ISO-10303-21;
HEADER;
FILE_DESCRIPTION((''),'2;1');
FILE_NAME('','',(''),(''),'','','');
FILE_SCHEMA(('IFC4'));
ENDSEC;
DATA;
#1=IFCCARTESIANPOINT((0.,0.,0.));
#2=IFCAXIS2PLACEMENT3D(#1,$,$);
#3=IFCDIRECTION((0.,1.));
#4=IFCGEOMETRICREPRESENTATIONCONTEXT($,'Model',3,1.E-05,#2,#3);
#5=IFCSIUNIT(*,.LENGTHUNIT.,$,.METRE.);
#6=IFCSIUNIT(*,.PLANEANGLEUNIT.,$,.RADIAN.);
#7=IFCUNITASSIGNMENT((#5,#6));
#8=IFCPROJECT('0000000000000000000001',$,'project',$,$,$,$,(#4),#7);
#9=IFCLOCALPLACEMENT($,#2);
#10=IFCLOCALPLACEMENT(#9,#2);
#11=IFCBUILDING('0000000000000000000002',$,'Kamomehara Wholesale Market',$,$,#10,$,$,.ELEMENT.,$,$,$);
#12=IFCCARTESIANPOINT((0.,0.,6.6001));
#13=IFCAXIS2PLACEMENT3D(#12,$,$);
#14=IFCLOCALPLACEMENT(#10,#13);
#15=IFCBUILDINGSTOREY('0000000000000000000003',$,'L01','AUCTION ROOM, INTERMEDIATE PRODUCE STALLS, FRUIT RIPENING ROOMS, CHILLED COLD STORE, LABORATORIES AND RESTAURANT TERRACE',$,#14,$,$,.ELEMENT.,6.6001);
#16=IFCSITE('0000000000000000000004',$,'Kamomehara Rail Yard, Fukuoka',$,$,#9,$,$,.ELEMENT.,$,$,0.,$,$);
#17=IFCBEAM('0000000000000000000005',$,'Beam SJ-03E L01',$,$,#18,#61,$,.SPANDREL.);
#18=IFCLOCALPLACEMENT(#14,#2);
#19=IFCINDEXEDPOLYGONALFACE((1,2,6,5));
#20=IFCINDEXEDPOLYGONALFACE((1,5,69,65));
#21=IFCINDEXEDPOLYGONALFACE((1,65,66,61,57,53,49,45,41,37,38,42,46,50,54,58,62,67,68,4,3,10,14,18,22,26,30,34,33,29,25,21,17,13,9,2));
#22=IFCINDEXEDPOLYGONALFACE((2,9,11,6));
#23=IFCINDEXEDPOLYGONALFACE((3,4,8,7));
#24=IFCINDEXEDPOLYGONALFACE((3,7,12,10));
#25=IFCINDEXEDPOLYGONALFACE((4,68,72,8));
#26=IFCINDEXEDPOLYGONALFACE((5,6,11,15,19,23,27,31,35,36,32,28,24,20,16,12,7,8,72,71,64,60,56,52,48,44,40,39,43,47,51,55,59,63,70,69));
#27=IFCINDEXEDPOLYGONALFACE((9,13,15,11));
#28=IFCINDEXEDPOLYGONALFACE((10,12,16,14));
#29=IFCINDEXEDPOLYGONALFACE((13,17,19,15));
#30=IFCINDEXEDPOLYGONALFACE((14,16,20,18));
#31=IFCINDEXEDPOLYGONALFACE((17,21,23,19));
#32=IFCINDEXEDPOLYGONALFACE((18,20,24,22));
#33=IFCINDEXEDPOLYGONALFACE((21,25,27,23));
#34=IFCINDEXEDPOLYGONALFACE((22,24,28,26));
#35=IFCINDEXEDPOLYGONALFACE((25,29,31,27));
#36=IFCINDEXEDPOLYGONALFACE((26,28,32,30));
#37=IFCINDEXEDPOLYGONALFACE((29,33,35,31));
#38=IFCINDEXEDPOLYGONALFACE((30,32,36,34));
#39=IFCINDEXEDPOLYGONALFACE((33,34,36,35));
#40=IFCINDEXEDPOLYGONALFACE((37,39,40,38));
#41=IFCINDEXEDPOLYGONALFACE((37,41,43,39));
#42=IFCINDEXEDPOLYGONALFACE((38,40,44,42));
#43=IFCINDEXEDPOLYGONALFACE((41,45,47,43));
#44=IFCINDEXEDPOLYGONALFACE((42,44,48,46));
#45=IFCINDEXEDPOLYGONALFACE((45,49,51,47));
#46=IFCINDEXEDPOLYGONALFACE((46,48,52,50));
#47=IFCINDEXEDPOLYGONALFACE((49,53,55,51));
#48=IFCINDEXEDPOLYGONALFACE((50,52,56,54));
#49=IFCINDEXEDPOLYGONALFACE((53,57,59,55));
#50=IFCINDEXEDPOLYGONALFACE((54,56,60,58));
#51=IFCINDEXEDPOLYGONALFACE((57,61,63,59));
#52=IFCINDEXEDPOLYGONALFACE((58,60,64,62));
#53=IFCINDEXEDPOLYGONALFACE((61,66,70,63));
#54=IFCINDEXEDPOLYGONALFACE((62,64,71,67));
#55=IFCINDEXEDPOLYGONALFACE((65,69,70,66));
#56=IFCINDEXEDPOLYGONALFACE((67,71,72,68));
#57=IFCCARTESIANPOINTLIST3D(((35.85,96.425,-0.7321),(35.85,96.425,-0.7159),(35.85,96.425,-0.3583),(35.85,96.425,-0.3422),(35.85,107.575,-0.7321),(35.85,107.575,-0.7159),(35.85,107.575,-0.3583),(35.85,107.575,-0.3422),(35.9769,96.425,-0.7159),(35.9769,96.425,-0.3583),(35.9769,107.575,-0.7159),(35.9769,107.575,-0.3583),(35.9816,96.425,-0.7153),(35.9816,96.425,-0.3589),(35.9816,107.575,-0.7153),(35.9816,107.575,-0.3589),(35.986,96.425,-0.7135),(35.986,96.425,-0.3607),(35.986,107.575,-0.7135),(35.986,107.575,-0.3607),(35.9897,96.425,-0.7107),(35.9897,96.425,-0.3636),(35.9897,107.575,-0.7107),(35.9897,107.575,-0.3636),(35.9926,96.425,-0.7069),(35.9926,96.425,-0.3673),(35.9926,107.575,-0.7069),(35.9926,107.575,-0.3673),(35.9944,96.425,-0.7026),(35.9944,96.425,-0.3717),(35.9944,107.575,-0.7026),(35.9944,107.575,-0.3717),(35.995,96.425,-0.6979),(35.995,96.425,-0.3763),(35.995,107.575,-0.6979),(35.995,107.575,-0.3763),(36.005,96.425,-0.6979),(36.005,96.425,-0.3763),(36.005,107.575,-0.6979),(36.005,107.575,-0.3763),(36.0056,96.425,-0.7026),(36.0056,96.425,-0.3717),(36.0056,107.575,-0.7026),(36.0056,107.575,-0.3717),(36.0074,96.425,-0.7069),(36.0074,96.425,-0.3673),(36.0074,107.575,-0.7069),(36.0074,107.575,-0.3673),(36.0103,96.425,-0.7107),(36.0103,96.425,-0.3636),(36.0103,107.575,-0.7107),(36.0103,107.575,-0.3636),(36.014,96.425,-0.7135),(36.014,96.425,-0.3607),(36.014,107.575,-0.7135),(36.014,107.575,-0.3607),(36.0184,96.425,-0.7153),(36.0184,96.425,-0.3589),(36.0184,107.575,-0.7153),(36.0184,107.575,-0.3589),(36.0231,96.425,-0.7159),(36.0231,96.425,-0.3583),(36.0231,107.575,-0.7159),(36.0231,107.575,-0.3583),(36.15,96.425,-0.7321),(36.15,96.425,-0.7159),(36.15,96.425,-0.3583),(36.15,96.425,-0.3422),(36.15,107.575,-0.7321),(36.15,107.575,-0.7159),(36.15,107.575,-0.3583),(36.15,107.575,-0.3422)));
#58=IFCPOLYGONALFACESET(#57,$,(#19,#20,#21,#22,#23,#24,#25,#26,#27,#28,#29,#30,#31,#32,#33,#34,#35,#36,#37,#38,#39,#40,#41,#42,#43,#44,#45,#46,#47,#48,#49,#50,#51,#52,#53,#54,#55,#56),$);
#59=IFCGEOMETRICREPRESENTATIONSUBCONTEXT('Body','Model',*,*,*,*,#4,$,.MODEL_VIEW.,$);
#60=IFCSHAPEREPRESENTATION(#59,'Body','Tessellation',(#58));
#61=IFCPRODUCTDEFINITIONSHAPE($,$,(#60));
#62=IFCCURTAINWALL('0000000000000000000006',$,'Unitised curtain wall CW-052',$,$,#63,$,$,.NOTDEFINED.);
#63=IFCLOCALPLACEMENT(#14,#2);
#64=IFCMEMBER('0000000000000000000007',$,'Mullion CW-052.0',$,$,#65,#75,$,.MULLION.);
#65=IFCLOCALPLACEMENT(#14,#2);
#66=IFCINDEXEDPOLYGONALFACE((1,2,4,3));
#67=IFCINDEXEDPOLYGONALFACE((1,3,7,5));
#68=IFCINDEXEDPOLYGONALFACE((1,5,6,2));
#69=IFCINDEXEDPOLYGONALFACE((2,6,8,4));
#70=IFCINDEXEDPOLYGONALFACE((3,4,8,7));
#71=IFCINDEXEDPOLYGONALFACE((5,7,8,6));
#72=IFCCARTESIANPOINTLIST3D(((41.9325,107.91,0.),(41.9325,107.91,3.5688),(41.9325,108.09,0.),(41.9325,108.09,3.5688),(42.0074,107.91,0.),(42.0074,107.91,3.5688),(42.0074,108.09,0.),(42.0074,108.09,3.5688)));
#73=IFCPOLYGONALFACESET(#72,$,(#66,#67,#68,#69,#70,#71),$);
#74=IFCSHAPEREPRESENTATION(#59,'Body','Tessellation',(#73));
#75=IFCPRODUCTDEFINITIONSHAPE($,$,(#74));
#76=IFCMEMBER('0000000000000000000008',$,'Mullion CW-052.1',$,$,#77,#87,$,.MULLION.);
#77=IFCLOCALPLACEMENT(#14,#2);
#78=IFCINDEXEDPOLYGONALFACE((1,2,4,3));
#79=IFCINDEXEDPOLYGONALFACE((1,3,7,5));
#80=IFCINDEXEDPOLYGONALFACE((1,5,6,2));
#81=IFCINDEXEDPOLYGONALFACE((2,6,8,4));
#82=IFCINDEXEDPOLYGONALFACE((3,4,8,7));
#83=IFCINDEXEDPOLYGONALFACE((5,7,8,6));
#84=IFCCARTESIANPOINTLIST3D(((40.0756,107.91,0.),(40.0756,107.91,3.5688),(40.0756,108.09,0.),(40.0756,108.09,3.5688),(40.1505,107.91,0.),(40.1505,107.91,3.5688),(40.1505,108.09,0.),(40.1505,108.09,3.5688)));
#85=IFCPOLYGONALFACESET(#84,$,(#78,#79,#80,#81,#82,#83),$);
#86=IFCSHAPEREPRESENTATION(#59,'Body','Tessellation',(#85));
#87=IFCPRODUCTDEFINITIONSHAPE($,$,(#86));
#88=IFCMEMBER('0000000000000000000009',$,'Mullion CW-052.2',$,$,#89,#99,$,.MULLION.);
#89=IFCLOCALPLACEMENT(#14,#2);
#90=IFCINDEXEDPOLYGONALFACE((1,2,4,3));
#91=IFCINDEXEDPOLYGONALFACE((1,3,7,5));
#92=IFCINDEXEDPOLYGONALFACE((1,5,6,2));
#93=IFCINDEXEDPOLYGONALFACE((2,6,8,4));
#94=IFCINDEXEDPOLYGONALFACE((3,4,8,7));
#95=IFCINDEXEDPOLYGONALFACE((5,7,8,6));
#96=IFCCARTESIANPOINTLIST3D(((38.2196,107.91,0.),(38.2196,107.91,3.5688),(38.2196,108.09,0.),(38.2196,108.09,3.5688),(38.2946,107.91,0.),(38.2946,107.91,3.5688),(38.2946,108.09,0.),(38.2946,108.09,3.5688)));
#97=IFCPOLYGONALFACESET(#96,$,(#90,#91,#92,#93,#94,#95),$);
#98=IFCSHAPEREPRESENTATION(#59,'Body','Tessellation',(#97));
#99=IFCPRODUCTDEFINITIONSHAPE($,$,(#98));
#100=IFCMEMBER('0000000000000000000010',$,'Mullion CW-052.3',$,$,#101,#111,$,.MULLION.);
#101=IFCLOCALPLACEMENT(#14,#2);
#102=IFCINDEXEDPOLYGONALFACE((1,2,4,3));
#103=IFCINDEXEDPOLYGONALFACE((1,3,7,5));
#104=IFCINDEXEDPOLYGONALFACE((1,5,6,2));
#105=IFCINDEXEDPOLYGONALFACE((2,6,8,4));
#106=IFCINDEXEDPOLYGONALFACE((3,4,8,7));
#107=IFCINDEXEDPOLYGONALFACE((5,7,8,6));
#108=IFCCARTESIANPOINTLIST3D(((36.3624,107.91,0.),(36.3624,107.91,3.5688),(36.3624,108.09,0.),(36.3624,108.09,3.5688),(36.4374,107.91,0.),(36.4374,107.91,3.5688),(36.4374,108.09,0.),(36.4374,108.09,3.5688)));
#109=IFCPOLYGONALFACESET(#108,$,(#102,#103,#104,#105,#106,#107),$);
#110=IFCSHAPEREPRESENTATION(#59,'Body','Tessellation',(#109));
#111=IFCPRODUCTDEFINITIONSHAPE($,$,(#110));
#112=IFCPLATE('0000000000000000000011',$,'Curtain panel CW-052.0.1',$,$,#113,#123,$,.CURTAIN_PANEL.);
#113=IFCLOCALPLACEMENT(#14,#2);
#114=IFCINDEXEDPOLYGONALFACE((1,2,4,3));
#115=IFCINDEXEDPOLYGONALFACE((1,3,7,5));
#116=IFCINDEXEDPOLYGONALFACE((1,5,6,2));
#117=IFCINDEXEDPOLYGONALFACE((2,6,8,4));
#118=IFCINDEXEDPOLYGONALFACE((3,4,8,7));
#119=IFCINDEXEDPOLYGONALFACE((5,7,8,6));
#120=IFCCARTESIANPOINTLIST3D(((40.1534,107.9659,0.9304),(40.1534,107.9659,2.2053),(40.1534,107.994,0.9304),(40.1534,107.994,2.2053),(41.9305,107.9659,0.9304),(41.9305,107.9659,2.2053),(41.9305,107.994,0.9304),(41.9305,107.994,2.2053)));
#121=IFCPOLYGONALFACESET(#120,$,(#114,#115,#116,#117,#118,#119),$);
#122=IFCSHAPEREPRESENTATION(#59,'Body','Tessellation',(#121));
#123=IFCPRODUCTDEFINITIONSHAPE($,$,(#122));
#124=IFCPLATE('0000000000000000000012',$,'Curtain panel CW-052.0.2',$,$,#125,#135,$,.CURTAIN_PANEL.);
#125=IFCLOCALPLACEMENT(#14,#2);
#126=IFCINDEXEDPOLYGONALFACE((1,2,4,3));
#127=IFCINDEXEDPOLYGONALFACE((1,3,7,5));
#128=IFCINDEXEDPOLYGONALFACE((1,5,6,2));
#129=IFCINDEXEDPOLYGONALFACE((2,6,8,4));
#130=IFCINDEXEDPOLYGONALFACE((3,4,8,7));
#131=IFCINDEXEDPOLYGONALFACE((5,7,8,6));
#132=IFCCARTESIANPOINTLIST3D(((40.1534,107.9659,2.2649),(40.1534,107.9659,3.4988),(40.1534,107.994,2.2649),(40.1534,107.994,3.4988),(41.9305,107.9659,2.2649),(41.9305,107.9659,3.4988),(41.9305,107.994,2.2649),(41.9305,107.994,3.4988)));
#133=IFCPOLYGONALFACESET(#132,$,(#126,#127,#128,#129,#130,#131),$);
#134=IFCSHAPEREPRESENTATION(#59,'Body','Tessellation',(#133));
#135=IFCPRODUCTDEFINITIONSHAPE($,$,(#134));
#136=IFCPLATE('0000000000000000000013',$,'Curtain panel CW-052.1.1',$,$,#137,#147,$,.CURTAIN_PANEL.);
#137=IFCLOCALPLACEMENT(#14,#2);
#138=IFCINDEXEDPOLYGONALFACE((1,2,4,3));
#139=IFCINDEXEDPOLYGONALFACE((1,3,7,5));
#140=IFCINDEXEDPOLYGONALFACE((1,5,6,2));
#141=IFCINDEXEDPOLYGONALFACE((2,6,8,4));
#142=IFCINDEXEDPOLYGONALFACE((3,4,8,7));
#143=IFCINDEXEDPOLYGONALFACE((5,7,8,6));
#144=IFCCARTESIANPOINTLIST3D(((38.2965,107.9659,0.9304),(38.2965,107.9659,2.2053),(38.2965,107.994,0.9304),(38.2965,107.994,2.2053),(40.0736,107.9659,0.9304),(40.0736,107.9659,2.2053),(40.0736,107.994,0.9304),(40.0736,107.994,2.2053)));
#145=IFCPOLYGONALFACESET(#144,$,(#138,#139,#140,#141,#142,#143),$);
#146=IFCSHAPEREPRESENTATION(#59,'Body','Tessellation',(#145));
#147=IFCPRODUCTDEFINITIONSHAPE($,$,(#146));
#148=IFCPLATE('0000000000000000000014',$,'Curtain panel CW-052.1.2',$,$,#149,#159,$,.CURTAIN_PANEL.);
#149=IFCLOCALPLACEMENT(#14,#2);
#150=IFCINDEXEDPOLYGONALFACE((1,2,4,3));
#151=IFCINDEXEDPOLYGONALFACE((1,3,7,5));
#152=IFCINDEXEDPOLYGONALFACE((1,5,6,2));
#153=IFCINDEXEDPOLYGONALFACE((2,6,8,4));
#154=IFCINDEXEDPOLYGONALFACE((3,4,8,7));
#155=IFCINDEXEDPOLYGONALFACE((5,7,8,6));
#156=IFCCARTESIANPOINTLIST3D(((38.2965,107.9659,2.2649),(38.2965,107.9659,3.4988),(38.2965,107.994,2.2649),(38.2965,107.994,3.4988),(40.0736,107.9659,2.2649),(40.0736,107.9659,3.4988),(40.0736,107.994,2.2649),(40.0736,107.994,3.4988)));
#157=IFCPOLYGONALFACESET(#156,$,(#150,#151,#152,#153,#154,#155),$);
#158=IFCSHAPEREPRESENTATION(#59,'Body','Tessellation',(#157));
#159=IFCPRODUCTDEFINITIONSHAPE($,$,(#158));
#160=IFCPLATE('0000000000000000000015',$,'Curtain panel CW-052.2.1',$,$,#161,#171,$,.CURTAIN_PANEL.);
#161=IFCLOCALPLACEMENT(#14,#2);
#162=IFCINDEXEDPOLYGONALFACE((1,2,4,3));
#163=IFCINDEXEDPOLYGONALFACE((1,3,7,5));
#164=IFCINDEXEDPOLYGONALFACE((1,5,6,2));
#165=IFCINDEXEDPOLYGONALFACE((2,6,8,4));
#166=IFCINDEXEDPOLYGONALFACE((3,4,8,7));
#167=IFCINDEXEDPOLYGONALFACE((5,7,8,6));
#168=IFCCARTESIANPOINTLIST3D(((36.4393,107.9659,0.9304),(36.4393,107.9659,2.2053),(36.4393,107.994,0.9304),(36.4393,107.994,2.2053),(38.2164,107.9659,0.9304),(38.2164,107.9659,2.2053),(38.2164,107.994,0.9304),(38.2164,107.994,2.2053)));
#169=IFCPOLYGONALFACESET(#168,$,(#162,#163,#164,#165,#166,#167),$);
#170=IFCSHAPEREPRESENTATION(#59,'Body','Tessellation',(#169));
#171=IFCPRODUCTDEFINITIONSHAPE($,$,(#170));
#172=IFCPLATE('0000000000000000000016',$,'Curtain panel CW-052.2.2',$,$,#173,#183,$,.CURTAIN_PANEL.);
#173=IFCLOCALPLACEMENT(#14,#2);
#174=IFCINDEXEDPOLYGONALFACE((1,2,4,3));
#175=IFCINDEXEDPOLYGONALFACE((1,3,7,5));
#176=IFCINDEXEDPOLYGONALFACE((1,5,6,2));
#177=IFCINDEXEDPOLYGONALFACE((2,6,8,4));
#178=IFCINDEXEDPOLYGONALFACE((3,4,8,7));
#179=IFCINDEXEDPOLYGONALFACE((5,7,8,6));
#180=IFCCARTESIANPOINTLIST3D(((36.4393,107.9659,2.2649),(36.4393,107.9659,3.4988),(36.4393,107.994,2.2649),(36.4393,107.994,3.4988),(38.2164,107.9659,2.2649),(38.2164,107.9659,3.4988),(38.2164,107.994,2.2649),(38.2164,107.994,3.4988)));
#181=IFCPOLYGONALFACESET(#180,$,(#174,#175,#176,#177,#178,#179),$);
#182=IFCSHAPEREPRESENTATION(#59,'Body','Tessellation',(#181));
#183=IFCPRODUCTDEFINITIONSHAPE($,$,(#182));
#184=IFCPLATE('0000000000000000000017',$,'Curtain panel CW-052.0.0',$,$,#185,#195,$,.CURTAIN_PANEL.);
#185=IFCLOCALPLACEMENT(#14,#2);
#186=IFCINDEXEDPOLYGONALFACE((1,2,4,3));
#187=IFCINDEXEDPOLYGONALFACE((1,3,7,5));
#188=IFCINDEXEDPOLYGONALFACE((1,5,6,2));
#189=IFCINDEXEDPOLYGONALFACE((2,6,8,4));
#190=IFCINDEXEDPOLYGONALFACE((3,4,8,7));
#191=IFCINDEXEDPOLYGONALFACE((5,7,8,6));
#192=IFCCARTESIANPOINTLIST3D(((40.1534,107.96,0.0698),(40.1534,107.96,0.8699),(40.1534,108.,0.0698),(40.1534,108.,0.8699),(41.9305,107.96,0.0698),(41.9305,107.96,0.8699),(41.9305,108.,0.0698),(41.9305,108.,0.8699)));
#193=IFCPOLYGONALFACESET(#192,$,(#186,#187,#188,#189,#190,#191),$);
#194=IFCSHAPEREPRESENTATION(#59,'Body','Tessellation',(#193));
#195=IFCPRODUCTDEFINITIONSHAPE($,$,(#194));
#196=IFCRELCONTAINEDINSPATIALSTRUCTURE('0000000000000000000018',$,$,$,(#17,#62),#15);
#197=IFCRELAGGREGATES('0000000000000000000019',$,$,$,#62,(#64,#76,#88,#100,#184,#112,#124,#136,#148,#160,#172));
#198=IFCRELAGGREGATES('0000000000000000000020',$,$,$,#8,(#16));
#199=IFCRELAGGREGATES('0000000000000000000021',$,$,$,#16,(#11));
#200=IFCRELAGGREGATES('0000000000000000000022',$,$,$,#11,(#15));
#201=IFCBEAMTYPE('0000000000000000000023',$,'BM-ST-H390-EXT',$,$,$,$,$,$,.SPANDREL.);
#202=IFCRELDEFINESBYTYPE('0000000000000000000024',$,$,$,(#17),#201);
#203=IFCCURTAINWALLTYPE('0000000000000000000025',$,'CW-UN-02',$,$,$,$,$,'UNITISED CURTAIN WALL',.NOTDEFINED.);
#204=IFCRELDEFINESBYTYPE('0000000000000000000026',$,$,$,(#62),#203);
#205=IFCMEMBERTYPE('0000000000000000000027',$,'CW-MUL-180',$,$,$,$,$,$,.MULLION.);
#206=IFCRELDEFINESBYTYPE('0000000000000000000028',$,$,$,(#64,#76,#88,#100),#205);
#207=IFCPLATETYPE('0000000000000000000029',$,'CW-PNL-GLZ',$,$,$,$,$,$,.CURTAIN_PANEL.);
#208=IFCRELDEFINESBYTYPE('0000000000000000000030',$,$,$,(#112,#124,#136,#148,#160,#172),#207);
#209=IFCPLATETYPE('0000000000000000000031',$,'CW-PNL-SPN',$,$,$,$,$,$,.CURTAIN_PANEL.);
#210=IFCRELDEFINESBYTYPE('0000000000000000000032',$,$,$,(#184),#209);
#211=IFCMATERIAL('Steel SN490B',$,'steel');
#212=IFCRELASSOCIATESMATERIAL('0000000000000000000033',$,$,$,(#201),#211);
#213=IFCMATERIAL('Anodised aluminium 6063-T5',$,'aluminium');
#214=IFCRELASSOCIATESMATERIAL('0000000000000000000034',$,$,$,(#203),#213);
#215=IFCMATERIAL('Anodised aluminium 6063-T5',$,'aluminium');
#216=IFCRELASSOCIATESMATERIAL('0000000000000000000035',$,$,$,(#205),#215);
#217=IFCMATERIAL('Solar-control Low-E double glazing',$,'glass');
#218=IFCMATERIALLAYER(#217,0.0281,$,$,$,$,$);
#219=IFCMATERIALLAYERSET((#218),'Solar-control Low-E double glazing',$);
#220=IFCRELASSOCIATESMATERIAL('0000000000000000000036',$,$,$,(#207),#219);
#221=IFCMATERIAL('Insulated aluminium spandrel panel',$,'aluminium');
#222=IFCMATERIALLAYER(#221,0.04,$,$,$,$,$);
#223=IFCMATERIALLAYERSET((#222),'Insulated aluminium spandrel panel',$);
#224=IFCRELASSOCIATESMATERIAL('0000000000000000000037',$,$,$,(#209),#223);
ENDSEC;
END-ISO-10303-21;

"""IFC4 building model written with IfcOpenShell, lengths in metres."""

from ifc_helpers import new_model, si_unit, direction, frame, origin, origin_2d, place, context, subcontext, project, spatial, rectangle, i_section, extrude, material, layer, layer_set, material_profile, profile_set, type_object, element, aggregate, save


model = new_model("IFC4")

# Units and contexts
model_context = context("Model", 3, precision=1e-05, world=origin(), true_north=direction((0.0, 1.0)))
body_context = subcontext(model_context, "Body", "Model", "MODEL_VIEW")
ifc_project = project(units=[si_unit("LENGTHUNIT", "METRE"), si_unit("PLANEANGLEUNIT", "RADIAN")], contexts=[model_context])

# Site, building, storey
site_placement = place(None, origin())
site = spatial("IfcSite", under=ifc_project, at=site_placement, Name="Kamomehara Rail Yard, Fukuoka", CompositionType="ELEMENT", RefElevation=0.0)
building_placement = place(site_placement, origin())
building = spatial("IfcBuilding", under=site, at=building_placement, Name="Kamomehara Wholesale Market", CompositionType="ELEMENT")
storey_placement = place(building_placement, frame((0.0, 0.0, 6.6001)))
storey = spatial("IfcBuildingStorey", under=building, at=storey_placement, Name="L01", Description="AUCTION ROOM, INTERMEDIATE PRODUCE STALLS, FRUIT RIPENING ROOMS, CHILLED COLD STORE, LABORATORIES AND RESTAURANT TERRACE", CompositionType="ELEMENT", Elevation=6.6001)

# Beam
ifc_material_1 = material(Name="Steel SN490B", Category="steel")
ifc_material_profile_1 = material_profile(ifc_material_1, i_section(OverallWidth=0.3, OverallDepth=0.3899, WebThickness=0.01, FlangeThickness=0.0161, FilletRadius=0.0181, at=origin_2d()), Name="H-390x300x10x16")
ifc_profile_set_1 = profile_set([ifc_material_profile_1], Name="Steel SN490B")
beam_type_1 = type_object("IfcBeamType", Name="BM-ST-H390-EXT", PredefinedType="SPANDREL", material=ifc_profile_set_1)
beam_1_placement = place(storey_placement, frame((36.0, 96.425, -0.5371), z_axis=(0.0, 1.0, 0.0), x_axis=(-1.0, 0.0, 0.0)))
element("IfcBeam", 1, at=beam_1_placement, inside=storey, type_object=beam_type_1, Name="Beam SJ-03E L01", PredefinedType="SPANDREL", context=body_context, shape_type="SweptSolid", body=[
    extrude(i_section(OverallWidth=0.3, OverallDepth=0.3899, WebThickness=0.01, FlangeThickness=0.0161, FilletRadius=0.0181, at=origin_2d()), origin(), (0.0, 0.0, 1.0), 11.1499),
])

# Curtain wall, members, plates
ifc_material_2 = material(Name="Anodised aluminium 6063-T5", Category="aluminium")
curtain_wall_type = type_object("IfcCurtainWallType", Name="CW-UN-02", ElementType="UNITISED CURTAIN WALL", PredefinedType="NOTDEFINED", material=ifc_material_2)
curtain_wall_placement = place(storey_placement, origin())
curtain_wall = element("IfcCurtainWall", 2, at=curtain_wall_placement, inside=storey, type_object=curtain_wall_type, Name="Unitised curtain wall CW-052", PredefinedType="NOTDEFINED")
ifc_material_3 = material(Name="Anodised aluminium 6063-T5", Category="aluminium")
ifc_material_profile_2 = material_profile(ifc_material_3, rectangle(XDim=0.075, YDim=0.1799, at=origin_2d()), Name="ALU-MUL-75x180")
ifc_profile_set_2 = profile_set([ifc_material_profile_2], Name="Anodised aluminium 6063-T5")
member_type = type_object("IfcMemberType", Name="CW-MUL-180", PredefinedType="MULLION", material=ifc_profile_set_2)
member_1_placement = place(storey_placement, frame((41.97, 108.0, 0.0), z_axis=(0.0, 0.0, 1.0), x_axis=(-1.0, 0.0, 0.0)))
member_1 = element("IfcMember", 3, at=member_1_placement, type_object=member_type, Name="Mullion CW-052.0", PredefinedType="MULLION", context=body_context, shape_type="SweptSolid", body=[
    extrude(rectangle(XDim=0.075, YDim=0.1799, at=origin_2d()), origin(), (0.0, 0.0, 1.0), 3.5688),
])
member_2_placement = place(storey_placement, frame((40.113, 108.0, 0.0), z_axis=(0.0, 0.0, 1.0), x_axis=(-1.0, 0.0, 0.0)))
member_2 = element("IfcMember", 4, at=member_2_placement, type_object=member_type, Name="Mullion CW-052.1", PredefinedType="MULLION", context=body_context, shape_type="SweptSolid", body=[
    extrude(rectangle(XDim=0.075, YDim=0.1799, at=origin_2d()), origin(), (0.0, 0.0, 1.0), 3.5688),
])
member_3_placement = place(storey_placement, frame((38.2571, 108.0, 0.0), z_axis=(0.0, 0.0, 1.0), x_axis=(-1.0, 0.0, 0.0)))
member_3 = element("IfcMember", 5, at=member_3_placement, type_object=member_type, Name="Mullion CW-052.2", PredefinedType="MULLION", context=body_context, shape_type="SweptSolid", body=[
    extrude(rectangle(XDim=0.075, YDim=0.1799, at=origin_2d()), origin(), (0.0, 0.0, 1.0), 3.5688),
])
member_4_placement = place(storey_placement, frame((36.3999, 108.0, 0.0), z_axis=(0.0, 0.0, 1.0), x_axis=(-1.0, 0.0, 0.0)))
member_4 = element("IfcMember", 6, at=member_4_placement, type_object=member_type, Name="Mullion CW-052.3", PredefinedType="MULLION", context=body_context, shape_type="SweptSolid", body=[
    extrude(rectangle(XDim=0.075, YDim=0.1799, at=origin_2d()), origin(), (0.0, 0.0, 1.0), 3.5688),
])
ifc_material_4 = material(Name="Solar-control Low-E double glazing", Category="glass")
ifc_layer_1 = layer(ifc_material_4, 0.0281)
ifc_layer_set_1 = layer_set([ifc_layer_1], Name="Solar-control Low-E double glazing")
plate_type_1 = type_object("IfcPlateType", Name="CW-PNL-GLZ", PredefinedType="CURTAIN_PANEL", material=ifc_layer_set_1)
plate_1_placement = place(storey_placement, frame((41.042, 107.98, 0.9304), z_axis=(0.0, 0.0, 1.0), x_axis=(-1.0, 0.0, 0.0)))
plate_1 = element("IfcPlate", 7, at=plate_1_placement, type_object=plate_type_1, Name="Curtain panel CW-052.0.1", PredefinedType="CURTAIN_PANEL", context=body_context, shape_type="SweptSolid", body=[
    extrude(rectangle(XDim=1.7771, YDim=0.0281, at=origin_2d()), origin(), (0.0, 0.0, 1.0), 1.2749),
])
plate_2_placement = place(storey_placement, frame((41.042, 107.98, 2.2649), z_axis=(0.0, 0.0, 1.0), x_axis=(-1.0, 0.0, 0.0)))
plate_2 = element("IfcPlate", 8, at=plate_2_placement, type_object=plate_type_1, Name="Curtain panel CW-052.0.2", PredefinedType="CURTAIN_PANEL", context=body_context, shape_type="SweptSolid", body=[
    extrude(rectangle(XDim=1.7771, YDim=0.0281, at=origin_2d()), origin(), (0.0, 0.0, 1.0), 1.2339),
])
plate_3_placement = place(storey_placement, frame((39.1851, 107.98, 0.9304), z_axis=(0.0, 0.0, 1.0), x_axis=(-1.0, 0.0, 0.0)))
plate_3 = element("IfcPlate", 9, at=plate_3_placement, type_object=plate_type_1, Name="Curtain panel CW-052.1.1", PredefinedType="CURTAIN_PANEL", context=body_context, shape_type="SweptSolid", body=[
    extrude(rectangle(XDim=1.7771, YDim=0.0281, at=origin_2d()), origin(), (0.0, 0.0, 1.0), 1.2749),
])
plate_4_placement = place(storey_placement, frame((39.1851, 107.98, 2.2649), z_axis=(0.0, 0.0, 1.0), x_axis=(-1.0, 0.0, 0.0)))
plate_4 = element("IfcPlate", 10, at=plate_4_placement, type_object=plate_type_1, Name="Curtain panel CW-052.1.2", PredefinedType="CURTAIN_PANEL", context=body_context, shape_type="SweptSolid", body=[
    extrude(rectangle(XDim=1.7771, YDim=0.0281, at=origin_2d()), origin(), (0.0, 0.0, 1.0), 1.2339),
])
plate_5_placement = place(storey_placement, frame((37.3279, 107.98, 0.9304), z_axis=(0.0, 0.0, 1.0), x_axis=(-1.0, 0.0, 0.0)))
plate_5 = element("IfcPlate", 11, at=plate_5_placement, type_object=plate_type_1, Name="Curtain panel CW-052.2.1", PredefinedType="CURTAIN_PANEL", context=body_context, shape_type="SweptSolid", body=[
    extrude(rectangle(XDim=1.7771, YDim=0.0281, at=origin_2d()), origin(), (0.0, 0.0, 1.0), 1.2749),
])
plate_6_placement = place(storey_placement, frame((37.3279, 107.98, 2.2649), z_axis=(0.0, 0.0, 1.0), x_axis=(-1.0, 0.0, 0.0)))
plate_6 = element("IfcPlate", 12, at=plate_6_placement, type_object=plate_type_1, Name="Curtain panel CW-052.2.2", PredefinedType="CURTAIN_PANEL", context=body_context, shape_type="SweptSolid", body=[
    extrude(rectangle(XDim=1.7771, YDim=0.0281, at=origin_2d()), origin(), (0.0, 0.0, 1.0), 1.2339),
])
ifc_material_5 = material(Name="Insulated aluminium spandrel panel", Category="aluminium")
ifc_layer_2 = layer(ifc_material_5, 0.04)
ifc_layer_set_2 = layer_set([ifc_layer_2], Name="Insulated aluminium spandrel panel")
plate_type_2 = type_object("IfcPlateType", Name="CW-PNL-SPN", PredefinedType="CURTAIN_PANEL", material=ifc_layer_set_2)
plate_7_placement = place(storey_placement, frame((41.042, 107.98, 0.0698), z_axis=(0.0, 0.0, 1.0), x_axis=(-1.0, 0.0, 0.0)))
plate_7 = element("IfcPlate", 13, at=plate_7_placement, type_object=plate_type_2, Name="Curtain panel CW-052.0.0", PredefinedType="CURTAIN_PANEL", context=body_context, shape_type="SweptSolid", body=[
    extrude(rectangle(XDim=1.7771, YDim=0.04, at=origin_2d()), origin(), (0.0, 0.0, 1.0), 0.8),
])
aggregate(curtain_wall, [member_1, member_2, member_3, member_4, plate_7, plate_1, plate_2, plate_3, plate_4, plate_5, plate_6])

save(model, "model.ifc")
